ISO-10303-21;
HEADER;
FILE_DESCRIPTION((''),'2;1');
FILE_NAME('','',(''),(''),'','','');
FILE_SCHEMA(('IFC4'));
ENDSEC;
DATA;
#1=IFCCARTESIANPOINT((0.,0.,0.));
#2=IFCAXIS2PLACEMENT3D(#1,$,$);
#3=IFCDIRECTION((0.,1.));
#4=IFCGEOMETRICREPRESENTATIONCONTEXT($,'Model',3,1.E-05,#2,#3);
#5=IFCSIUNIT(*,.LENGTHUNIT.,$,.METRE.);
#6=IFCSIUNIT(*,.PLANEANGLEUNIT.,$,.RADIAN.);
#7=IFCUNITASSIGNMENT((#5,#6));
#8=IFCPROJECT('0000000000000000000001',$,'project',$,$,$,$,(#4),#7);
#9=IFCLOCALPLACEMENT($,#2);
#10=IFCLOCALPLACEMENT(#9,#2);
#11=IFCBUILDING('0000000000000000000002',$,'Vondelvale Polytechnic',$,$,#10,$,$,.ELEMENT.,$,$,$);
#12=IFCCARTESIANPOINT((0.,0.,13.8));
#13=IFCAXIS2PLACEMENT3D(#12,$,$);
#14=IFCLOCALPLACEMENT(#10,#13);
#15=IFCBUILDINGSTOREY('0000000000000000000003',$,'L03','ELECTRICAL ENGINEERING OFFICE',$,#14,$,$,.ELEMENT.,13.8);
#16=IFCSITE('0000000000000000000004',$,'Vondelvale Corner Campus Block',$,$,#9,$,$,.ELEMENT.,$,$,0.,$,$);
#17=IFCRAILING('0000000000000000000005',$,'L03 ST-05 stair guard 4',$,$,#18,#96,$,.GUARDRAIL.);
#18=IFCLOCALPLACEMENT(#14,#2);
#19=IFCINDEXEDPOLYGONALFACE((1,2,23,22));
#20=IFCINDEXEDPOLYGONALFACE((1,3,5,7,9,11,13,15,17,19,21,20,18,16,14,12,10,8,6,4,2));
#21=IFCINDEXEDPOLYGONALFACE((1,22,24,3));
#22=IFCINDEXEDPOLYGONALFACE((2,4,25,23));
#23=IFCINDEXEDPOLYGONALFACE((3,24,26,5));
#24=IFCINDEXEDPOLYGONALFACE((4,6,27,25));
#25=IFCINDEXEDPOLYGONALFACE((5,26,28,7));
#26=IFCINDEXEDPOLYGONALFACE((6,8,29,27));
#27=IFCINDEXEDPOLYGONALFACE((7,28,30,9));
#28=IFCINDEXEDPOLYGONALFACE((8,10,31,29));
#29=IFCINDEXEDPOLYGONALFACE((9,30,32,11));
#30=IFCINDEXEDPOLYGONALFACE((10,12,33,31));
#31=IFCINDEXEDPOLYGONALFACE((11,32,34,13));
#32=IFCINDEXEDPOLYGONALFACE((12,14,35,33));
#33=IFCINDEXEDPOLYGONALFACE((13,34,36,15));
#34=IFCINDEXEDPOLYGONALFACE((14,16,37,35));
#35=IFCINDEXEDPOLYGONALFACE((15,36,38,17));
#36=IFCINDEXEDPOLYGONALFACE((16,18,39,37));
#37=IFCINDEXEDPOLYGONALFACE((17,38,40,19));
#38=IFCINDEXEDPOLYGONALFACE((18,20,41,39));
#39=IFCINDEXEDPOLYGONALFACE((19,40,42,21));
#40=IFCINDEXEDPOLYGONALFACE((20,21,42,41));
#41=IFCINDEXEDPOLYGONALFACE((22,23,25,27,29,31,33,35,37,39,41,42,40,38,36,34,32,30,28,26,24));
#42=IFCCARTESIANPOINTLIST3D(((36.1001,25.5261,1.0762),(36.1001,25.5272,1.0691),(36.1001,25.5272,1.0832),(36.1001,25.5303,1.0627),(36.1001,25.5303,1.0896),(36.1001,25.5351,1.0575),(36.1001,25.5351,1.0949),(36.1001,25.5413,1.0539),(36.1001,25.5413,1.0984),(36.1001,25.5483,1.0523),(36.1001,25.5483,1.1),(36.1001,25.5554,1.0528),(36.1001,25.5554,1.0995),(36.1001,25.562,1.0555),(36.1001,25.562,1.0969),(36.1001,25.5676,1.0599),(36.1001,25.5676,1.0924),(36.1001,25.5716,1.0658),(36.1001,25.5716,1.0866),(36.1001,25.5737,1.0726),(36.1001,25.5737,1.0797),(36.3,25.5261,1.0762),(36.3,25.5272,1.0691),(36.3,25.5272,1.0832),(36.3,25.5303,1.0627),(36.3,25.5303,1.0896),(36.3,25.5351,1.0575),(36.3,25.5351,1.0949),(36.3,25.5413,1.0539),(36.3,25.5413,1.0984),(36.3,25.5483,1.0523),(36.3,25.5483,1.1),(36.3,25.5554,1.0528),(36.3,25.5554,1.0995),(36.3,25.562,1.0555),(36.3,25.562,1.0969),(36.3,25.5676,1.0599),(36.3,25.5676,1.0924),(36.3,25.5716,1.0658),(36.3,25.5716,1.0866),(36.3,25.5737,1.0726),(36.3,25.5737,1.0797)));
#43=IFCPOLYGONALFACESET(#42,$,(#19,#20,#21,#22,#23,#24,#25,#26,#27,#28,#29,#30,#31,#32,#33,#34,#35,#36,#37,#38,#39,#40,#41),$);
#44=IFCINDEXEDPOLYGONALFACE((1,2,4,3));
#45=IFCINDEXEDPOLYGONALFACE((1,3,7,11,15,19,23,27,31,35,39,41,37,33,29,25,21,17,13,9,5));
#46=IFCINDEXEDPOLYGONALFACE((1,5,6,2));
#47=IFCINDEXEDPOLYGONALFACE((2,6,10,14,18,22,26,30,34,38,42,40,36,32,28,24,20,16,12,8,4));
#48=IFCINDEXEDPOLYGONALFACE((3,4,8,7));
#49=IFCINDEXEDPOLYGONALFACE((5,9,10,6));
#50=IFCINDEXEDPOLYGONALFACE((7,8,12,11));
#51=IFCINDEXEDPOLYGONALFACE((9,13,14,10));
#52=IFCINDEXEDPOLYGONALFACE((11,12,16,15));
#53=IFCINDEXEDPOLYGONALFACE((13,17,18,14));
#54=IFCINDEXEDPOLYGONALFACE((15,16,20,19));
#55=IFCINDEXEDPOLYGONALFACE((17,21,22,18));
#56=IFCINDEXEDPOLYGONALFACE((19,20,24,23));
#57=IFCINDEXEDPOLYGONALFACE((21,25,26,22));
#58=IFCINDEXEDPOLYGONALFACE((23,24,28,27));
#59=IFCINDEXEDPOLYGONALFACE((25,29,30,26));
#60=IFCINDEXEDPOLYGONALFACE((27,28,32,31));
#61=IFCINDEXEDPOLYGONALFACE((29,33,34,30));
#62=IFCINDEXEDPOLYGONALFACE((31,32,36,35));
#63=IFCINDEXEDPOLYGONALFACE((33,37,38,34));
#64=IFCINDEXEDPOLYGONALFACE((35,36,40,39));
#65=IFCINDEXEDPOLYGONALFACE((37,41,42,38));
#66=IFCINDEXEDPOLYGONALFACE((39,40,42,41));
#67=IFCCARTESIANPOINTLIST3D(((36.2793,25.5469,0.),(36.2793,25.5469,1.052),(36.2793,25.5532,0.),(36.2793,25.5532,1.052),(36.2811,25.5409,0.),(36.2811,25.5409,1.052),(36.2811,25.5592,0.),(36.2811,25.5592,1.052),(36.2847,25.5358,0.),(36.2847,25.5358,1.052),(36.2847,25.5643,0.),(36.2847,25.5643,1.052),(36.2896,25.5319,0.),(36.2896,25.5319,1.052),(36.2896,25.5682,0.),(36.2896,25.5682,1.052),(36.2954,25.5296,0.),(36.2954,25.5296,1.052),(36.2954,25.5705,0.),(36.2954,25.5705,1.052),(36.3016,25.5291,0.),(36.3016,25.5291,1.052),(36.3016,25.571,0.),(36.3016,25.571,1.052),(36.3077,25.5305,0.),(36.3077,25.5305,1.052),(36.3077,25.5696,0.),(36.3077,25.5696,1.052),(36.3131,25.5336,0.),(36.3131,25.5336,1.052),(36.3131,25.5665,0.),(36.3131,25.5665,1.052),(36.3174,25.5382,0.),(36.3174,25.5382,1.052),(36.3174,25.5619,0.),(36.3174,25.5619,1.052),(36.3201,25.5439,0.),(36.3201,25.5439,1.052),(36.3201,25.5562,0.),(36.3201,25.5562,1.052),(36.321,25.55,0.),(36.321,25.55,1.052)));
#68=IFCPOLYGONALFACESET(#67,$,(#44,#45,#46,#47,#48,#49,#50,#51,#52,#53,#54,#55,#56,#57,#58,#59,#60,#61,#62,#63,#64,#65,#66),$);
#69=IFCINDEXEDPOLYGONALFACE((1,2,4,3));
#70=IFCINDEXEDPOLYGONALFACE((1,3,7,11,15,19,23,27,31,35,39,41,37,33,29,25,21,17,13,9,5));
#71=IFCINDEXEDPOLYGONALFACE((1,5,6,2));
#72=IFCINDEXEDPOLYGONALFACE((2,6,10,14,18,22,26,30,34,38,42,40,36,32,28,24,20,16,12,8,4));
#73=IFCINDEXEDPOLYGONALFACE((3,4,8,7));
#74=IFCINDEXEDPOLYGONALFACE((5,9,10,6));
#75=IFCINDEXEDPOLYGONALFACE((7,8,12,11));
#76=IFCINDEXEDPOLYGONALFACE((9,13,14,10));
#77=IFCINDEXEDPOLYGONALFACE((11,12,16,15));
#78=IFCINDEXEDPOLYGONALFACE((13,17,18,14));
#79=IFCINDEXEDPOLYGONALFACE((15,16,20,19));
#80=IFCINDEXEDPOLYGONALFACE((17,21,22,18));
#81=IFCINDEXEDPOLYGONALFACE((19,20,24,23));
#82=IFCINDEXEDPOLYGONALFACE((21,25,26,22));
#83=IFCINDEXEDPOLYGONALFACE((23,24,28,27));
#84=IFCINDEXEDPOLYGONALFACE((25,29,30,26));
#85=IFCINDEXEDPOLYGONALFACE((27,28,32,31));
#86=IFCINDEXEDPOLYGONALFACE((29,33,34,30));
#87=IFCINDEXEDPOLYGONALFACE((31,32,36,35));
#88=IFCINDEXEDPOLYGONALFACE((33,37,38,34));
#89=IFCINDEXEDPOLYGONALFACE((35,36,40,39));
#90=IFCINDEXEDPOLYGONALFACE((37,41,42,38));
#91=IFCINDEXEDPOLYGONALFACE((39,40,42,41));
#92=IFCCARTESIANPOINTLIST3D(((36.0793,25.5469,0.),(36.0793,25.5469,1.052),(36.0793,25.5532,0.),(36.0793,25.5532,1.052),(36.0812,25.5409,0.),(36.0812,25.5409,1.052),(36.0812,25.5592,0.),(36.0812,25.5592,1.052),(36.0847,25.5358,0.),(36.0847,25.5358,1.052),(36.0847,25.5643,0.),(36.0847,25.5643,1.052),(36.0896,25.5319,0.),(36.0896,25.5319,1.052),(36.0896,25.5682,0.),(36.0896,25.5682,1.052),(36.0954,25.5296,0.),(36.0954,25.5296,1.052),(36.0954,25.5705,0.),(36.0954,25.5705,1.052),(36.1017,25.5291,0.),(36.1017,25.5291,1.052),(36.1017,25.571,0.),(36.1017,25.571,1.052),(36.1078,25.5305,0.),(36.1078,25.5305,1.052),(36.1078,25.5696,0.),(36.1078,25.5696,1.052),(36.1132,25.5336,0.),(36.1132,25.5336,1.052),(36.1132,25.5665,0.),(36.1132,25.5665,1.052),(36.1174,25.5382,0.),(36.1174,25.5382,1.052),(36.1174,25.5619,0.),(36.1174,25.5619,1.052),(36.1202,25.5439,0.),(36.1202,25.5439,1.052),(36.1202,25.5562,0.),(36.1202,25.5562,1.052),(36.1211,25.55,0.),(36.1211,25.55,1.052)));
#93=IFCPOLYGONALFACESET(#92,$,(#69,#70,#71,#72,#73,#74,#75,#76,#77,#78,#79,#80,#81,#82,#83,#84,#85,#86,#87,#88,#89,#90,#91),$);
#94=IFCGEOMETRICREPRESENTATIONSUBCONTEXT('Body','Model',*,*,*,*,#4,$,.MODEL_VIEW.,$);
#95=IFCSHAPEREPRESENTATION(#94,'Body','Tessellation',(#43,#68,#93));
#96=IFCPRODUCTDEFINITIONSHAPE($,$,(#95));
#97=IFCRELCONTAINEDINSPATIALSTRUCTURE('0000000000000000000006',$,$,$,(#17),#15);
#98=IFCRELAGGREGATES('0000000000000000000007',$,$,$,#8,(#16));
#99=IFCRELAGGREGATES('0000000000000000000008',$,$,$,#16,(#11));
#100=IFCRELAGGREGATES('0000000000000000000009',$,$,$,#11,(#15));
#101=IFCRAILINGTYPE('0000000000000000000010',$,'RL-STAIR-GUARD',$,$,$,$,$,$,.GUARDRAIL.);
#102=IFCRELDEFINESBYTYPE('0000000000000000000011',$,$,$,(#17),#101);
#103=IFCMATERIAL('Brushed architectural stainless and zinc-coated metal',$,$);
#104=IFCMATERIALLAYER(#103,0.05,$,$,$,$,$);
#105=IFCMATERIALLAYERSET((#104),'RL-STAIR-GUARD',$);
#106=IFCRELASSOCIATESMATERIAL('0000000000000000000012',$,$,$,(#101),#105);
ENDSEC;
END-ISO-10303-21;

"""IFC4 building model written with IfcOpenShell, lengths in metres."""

from ifc_helpers import new_model, si_unit, direction, frame, origin, origin_2d, place, context, subcontext, project, spatial, circle, extrude, material, layer, layer_set, type_object, element, save


model = new_model("IFC4")

# Units and contexts
model_context = context("Model", 3, precision=1e-05, world=origin(), true_north=direction((0.0, 1.0)))
body_context = subcontext(model_context, "Body", "Model", "MODEL_VIEW")
ifc_project = project(units=[si_unit("LENGTHUNIT", "METRE"), si_unit("PLANEANGLEUNIT", "RADIAN")], contexts=[model_context])

# Site, building, storey
site_placement = place(None, origin())
site = spatial("IfcSite", under=ifc_project, at=site_placement, Name="Vondelvale Corner Campus Block", CompositionType="ELEMENT", RefElevation=0.0)
building_placement = place(site_placement, origin())
building = spatial("IfcBuilding", under=site, at=building_placement, Name="Vondelvale Polytechnic", CompositionType="ELEMENT")
storey_placement = place(building_placement, frame((0.0, 0.0, 13.8)))
storey = spatial("IfcBuildingStorey", under=building, at=storey_placement, Name="L03", Description="ELECTRICAL ENGINEERING OFFICE", CompositionType="ELEMENT", Elevation=13.8)

# Shared definitions
ifc_material_1 = material(Name="Brushed architectural stainless and zinc-coated metal")

# Railing
ifc_layer_1 = layer(ifc_material_1, 0.05)
ifc_layer_set_1 = layer_set([ifc_layer_1], Name="RL-STAIR-GUARD")
railing_type_1 = type_object("IfcRailingType", Name="RL-STAIR-GUARD", PredefinedType="GUARDRAIL", material=ifc_layer_set_1)
railing_1_placement = place(storey_placement, frame((36.3, 25.55, 0.0)))
element("IfcRailing", 1, at=railing_1_placement, inside=storey, type_object=railing_type_1, Name="L03 ST-05 stair guard 4", PredefinedType="GUARDRAIL", context=body_context, shape_type="SweptSolid", body=[
    extrude(circle(Radius=0.0239, at=origin_2d()), frame((0.0, 0.0, 1.0762), z_axis=(-1.0, 0.0, 0.0), x_axis=(0.0, -1.0, 0.0)), (0.0, 0.0, 1.0), 0.2),
    extrude(circle(Radius=0.021, at=origin_2d()), origin(), (0.0, 0.0, 1.0), 1.052),
    extrude(circle(Radius=0.021, at=origin_2d()), frame((-0.2, 0.0, 0.0)), (0.0, 0.0, 1.0), 1.052),
])

save(model, "model.ifc")
